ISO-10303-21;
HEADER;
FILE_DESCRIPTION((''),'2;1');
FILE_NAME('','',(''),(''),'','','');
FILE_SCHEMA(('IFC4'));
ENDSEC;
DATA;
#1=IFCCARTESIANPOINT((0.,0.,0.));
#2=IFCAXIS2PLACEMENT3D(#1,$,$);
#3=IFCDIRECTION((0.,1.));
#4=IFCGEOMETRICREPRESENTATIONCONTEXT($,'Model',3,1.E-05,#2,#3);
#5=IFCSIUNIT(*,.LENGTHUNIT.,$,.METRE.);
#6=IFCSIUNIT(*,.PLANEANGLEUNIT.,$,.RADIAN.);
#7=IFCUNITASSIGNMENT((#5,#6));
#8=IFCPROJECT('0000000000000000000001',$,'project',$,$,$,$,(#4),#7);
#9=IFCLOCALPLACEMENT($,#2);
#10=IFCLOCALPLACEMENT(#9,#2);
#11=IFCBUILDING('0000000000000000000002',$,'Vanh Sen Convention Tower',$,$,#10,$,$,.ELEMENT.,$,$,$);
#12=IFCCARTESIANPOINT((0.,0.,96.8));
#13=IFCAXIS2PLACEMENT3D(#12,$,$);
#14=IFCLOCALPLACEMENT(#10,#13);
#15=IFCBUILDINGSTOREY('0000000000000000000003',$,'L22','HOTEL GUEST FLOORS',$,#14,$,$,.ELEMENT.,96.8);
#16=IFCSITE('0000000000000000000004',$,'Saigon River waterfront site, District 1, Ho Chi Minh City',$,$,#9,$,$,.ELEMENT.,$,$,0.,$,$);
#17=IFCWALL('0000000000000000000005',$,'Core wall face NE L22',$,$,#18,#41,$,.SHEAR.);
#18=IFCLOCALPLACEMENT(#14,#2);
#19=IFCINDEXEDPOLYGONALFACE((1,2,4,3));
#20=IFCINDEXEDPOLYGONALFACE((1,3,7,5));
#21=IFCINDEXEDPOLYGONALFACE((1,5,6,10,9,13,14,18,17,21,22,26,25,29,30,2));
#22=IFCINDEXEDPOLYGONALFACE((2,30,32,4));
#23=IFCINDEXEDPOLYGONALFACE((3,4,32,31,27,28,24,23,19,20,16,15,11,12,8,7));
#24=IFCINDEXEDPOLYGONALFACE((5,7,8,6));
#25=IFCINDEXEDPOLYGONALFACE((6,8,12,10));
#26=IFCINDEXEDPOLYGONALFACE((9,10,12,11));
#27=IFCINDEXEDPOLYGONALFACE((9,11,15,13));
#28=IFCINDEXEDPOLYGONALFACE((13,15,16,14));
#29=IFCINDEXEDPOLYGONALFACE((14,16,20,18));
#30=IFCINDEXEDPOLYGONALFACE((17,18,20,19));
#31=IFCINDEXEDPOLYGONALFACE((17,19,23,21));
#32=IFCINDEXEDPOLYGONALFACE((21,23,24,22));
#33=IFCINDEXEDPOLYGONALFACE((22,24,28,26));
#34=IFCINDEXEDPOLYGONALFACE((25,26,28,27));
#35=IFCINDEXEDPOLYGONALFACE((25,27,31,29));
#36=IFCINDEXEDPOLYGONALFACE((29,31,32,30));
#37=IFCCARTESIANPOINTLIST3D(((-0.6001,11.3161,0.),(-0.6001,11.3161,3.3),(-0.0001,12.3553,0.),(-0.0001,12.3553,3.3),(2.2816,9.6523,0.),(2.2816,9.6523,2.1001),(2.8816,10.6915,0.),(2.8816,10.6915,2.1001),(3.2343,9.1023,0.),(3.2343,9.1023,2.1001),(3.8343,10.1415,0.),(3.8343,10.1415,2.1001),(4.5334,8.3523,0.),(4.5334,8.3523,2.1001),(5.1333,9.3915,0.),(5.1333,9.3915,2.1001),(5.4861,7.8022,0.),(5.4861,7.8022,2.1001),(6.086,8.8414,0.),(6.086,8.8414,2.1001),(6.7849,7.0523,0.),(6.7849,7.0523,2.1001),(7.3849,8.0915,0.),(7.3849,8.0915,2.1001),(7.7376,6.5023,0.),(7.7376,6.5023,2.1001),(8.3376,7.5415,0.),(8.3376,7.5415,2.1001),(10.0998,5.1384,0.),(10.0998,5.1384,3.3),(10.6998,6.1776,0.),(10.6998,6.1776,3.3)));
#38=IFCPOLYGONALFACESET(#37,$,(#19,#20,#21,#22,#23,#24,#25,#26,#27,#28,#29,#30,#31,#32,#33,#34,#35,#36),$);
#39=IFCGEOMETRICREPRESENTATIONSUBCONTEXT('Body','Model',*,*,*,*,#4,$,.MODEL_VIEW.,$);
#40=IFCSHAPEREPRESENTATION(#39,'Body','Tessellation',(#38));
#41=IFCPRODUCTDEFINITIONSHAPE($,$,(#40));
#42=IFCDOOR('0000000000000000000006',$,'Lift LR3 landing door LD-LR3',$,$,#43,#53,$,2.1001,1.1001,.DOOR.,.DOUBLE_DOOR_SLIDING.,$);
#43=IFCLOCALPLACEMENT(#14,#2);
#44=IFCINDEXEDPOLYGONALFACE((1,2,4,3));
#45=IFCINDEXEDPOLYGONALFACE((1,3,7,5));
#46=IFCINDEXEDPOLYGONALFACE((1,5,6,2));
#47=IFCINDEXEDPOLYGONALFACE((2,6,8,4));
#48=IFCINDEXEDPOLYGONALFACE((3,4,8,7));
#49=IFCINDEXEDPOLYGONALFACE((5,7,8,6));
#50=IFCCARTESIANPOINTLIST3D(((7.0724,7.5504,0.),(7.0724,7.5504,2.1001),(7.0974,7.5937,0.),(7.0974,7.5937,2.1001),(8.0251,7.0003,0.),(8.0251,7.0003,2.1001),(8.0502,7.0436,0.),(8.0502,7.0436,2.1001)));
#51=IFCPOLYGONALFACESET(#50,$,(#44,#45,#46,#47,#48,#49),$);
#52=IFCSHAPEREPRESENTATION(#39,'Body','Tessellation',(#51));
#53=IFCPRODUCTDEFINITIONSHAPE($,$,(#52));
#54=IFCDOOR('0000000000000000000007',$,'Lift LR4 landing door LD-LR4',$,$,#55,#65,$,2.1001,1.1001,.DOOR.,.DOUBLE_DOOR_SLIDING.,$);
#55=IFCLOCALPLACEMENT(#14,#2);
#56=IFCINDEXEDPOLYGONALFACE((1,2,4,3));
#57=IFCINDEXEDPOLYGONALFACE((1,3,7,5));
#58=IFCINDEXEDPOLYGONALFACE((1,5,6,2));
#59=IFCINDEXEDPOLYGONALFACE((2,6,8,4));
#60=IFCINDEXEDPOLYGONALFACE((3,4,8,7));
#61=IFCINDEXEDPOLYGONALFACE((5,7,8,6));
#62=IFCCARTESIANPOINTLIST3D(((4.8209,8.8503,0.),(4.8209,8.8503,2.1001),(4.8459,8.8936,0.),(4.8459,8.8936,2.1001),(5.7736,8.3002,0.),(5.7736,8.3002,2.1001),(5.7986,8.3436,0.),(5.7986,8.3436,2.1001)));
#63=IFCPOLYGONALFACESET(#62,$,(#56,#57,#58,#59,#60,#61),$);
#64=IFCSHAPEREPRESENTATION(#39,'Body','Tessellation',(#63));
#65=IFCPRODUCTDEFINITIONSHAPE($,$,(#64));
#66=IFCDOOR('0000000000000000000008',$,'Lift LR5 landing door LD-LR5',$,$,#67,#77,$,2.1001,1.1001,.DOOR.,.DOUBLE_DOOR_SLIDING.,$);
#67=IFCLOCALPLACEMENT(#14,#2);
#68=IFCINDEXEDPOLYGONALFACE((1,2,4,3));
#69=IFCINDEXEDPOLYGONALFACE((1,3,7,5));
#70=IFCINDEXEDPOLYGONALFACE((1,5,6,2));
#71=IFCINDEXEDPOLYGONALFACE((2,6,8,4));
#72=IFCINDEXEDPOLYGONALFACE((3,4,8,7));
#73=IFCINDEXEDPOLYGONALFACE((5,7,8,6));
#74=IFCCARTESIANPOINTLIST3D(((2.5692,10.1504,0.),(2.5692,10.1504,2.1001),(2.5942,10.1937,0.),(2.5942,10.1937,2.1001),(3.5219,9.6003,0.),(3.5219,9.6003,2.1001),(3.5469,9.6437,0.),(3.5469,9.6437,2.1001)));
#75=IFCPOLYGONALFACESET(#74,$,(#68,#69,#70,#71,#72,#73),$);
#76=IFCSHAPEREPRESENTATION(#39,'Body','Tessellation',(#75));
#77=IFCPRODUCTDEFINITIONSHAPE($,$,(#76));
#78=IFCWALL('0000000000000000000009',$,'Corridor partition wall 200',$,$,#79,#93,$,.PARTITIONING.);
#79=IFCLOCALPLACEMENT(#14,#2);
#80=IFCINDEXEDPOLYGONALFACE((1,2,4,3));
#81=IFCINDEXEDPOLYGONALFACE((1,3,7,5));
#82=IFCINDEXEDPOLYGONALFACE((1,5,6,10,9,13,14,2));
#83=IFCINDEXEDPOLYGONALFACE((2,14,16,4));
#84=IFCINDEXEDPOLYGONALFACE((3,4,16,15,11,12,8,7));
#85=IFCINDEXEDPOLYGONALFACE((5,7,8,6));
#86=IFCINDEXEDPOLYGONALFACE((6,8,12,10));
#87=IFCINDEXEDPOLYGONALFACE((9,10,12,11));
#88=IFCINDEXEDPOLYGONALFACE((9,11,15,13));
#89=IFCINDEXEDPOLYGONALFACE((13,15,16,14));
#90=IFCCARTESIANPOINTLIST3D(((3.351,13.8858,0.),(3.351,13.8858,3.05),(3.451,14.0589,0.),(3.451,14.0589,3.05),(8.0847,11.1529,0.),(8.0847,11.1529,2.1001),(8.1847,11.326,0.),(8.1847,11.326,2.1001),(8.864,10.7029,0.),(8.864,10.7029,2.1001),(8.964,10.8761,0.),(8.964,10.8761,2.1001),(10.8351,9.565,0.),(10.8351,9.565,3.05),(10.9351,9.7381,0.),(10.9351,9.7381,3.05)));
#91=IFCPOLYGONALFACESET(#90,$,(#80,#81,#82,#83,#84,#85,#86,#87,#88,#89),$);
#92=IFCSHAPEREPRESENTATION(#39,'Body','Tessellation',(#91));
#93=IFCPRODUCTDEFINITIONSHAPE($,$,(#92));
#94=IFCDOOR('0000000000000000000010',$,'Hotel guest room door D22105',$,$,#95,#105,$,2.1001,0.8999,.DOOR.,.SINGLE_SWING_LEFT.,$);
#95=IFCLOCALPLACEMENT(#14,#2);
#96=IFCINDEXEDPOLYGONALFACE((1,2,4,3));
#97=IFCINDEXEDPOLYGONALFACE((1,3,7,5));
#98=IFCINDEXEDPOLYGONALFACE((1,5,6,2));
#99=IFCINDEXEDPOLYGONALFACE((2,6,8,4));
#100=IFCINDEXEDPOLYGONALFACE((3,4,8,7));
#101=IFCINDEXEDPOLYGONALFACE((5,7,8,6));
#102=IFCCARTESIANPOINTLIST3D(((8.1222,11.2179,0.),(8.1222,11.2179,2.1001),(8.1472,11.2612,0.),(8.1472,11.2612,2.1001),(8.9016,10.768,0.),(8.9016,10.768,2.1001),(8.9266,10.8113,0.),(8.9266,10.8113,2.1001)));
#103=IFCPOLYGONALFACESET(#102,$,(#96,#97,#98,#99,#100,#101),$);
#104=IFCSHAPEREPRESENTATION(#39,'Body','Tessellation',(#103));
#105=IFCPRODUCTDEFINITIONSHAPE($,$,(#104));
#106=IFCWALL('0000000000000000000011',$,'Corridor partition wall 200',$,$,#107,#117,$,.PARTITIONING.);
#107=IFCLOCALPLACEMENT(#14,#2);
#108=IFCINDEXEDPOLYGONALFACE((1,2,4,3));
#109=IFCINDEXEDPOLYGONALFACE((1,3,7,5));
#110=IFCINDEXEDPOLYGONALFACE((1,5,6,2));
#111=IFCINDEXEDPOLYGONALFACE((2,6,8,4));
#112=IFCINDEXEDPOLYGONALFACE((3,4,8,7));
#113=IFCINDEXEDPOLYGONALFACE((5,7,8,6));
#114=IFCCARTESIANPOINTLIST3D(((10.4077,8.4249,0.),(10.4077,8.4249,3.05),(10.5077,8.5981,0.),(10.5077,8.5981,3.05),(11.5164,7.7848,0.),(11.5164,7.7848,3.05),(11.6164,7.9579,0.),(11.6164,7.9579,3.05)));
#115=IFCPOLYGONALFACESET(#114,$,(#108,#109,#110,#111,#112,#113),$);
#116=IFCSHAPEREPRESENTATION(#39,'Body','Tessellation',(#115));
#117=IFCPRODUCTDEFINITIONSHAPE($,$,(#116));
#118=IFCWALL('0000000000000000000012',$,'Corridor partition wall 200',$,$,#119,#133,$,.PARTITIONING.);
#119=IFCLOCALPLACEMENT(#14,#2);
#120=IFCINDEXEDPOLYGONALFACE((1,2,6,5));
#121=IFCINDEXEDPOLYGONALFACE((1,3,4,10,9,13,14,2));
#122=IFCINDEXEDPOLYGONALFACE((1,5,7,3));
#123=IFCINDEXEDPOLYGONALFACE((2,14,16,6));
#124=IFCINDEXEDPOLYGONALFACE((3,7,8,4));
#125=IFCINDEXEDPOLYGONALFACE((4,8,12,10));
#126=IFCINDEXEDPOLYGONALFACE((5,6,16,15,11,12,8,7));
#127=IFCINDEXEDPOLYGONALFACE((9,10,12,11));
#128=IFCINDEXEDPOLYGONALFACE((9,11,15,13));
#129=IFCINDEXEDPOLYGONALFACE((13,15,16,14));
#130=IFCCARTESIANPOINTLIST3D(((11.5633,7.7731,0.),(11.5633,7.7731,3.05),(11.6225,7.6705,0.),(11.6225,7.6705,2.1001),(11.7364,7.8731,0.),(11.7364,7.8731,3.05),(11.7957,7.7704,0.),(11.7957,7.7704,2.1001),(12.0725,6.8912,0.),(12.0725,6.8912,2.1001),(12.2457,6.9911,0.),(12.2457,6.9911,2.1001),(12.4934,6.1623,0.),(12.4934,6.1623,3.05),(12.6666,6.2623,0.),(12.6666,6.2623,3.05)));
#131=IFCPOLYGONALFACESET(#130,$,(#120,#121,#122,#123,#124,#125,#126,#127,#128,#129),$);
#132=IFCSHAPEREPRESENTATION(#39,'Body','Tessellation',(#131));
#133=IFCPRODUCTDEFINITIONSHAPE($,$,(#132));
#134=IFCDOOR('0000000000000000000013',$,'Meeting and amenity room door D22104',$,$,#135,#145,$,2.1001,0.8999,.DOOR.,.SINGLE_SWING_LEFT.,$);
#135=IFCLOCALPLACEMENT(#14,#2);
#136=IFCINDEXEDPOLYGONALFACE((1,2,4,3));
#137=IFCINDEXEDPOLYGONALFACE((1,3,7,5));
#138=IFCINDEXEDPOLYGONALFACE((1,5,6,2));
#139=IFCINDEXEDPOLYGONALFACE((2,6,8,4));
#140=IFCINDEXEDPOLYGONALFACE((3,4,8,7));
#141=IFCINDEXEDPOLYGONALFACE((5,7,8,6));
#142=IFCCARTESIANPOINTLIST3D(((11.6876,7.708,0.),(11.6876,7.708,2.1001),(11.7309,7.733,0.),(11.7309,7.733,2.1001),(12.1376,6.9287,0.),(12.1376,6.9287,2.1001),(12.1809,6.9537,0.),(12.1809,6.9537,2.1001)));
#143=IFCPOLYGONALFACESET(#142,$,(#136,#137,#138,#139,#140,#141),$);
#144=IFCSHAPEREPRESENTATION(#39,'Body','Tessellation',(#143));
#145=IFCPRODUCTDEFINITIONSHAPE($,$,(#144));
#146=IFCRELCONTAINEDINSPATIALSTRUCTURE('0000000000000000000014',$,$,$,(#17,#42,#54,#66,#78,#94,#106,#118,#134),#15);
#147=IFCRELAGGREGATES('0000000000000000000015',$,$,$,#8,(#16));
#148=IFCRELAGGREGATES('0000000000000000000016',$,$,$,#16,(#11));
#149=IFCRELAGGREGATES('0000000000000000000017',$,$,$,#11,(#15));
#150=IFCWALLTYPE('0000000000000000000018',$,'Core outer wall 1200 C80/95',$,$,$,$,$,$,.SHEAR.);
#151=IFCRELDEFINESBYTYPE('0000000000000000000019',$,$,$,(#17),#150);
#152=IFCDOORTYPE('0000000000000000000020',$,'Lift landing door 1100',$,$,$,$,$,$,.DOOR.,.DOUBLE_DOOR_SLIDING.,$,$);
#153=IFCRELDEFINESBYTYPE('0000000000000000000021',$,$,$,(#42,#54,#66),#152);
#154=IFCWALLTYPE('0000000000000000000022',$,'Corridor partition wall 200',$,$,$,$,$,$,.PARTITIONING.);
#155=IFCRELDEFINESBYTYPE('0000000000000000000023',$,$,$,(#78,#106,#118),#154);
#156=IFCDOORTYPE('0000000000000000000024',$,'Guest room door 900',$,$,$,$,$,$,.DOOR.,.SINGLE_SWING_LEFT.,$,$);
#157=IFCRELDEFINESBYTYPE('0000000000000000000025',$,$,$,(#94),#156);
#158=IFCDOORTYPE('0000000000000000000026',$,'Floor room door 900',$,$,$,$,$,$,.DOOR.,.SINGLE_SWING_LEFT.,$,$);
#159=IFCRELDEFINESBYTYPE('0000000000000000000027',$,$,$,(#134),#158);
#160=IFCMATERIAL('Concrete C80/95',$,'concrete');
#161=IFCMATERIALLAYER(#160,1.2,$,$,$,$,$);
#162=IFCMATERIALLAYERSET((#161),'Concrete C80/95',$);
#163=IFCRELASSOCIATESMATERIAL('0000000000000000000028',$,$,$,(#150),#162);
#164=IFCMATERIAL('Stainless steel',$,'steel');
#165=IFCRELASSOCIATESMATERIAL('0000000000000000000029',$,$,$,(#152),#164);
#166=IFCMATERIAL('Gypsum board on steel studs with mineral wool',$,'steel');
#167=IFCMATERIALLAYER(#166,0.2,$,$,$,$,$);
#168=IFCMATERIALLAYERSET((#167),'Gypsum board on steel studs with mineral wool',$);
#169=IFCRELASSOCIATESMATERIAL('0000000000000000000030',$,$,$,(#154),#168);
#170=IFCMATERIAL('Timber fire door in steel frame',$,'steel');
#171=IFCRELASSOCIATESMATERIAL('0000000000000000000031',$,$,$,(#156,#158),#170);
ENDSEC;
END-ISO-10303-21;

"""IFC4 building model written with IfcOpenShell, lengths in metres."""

from ifc_helpers import new_model, si_unit, direction, frame, frame_2d, origin, place, context, subcontext, project, spatial, rectangle, extrude, material, layer, layer_set, type_object, element, fill, save


model = new_model("IFC4")

# Units and contexts
model_context = context("Model", 3, precision=1e-05, world=origin(), true_north=direction((0.0, 1.0)))
body_context = subcontext(model_context, "Body", "Model", "MODEL_VIEW")
ifc_project = project(units=[si_unit("LENGTHUNIT", "METRE"), si_unit("PLANEANGLEUNIT", "RADIAN")], contexts=[model_context])

# Site, building, storey
site_placement = place(None, origin())
site = spatial("IfcSite", under=ifc_project, at=site_placement, Name="Saigon River waterfront site, District 1, Ho Chi Minh City", CompositionType="ELEMENT", RefElevation=0.0)
building_placement = place(site_placement, origin())
building = spatial("IfcBuilding", under=site, at=building_placement, Name="Vanh Sen Convention Tower", CompositionType="ELEMENT")
storey_placement = place(building_placement, frame((0.0, 0.0, 96.8)))
storey = spatial("IfcBuildingStorey", under=building, at=storey_placement, Name="L22", Description="HOTEL GUEST FLOORS", CompositionType="ELEMENT", Elevation=96.8)

# Shared definitions
ifc_material_1 = material(Name="Concrete C80/95", Category="concrete")

# Wall, openings, doors
ifc_layer_1 = layer(ifc_material_1, 1.2)
ifc_layer_set_1 = layer_set([ifc_layer_1], Name="Concrete C80/95")
wall_type_1 = type_object("IfcWallType", Name="Core outer wall 1200 C80/95", PredefinedType="SHEAR", material=ifc_layer_set_1)
wall_1_placement = place(storey_placement, frame((10.3999, 5.658, 0.0), z_axis=(0.0, 0.0, 1.0), x_axis=(-0.866021, 0.500007, 0.0)))
wall_1 = element("IfcWall", 1, at=wall_1_placement, inside=storey, type_object=wall_type_1, Name="Core wall face NE L22", PredefinedType="SHEAR", context=body_context, shape_type="SweptSolid", body=[
    extrude(rectangle(XDim=12.3552, YDim=1.2, at=frame_2d((6.1777, 0.0))), origin(), (0.0, 0.0, 1.0), 3.3),
])
opening_1_placement = place(wall_1_placement, frame((2.7278, 0.0, 0.0)))
opening_1 = element("IfcOpeningElement", 2, at=opening_1_placement, cuts=wall_1, PredefinedType="OPENING", context=body_context, shape_type="SweptSolid", body=[
    extrude(rectangle(XDim=1.1001, YDim=2.1001, at=frame_2d((0.55, 1.05))), frame((0.0, 0.6099, 0.0), z_axis=(0.0, -1.0, 0.0), x_axis=(1.0, 0.0, 0.0)), (0.0, 0.0, 1.0), 1.22),
])
opening_2_placement = place(wall_1_placement, frame((5.3276, 0.0, 0.0)))
opening_2 = element("IfcOpeningElement", 3, at=opening_2_placement, cuts=wall_1, PredefinedType="OPENING", context=body_context, shape_type="SweptSolid", body=[
    extrude(rectangle(XDim=1.1001, YDim=2.1001, at=frame_2d((0.55, 1.05))), frame((0.0, 0.6099, 0.0), z_axis=(0.0, -1.0, 0.0), x_axis=(1.0, 0.0, 0.0)), (0.0, 0.0, 1.0), 1.22),
])
opening_3_placement = place(wall_1_placement, frame((7.9277, 0.0, 0.0)))
opening_3 = element("IfcOpeningElement", 4, at=opening_3_placement, cuts=wall_1, PredefinedType="OPENING", context=body_context, shape_type="SweptSolid", body=[
    extrude(rectangle(XDim=1.1001, YDim=2.1001, at=frame_2d((0.55, 1.05))), frame((0.0, 0.6099, 0.0), z_axis=(0.0, -1.0, 0.0), x_axis=(1.0, 0.0, 0.0)), (0.0, 0.0, 1.0), 1.22),
])
ifc_material_2 = material(Name="Stainless steel", Category="steel")
door_type_1 = type_object("IfcDoorType", Name="Lift landing door 1100", OperationType="DOUBLE_DOOR_SLIDING", PredefinedType="DOOR", material=ifc_material_2)
door_1_placement = place(opening_1_placement, origin())
door_1 = element("IfcDoor", 5, at=door_1_placement, inside=storey, type_object=door_type_1, Name="Lift LR3 landing door LD-LR3", OperationType="DOUBLE_DOOR_SLIDING", OverallHeight=2.1001, OverallWidth=1.1001, PredefinedType="DOOR", context=body_context, shape_type="SweptSolid", body=[
    extrude(rectangle(XDim=1.1001, YDim=2.1001, at=frame_2d((0.55, 1.05))), frame((0.0, 0.0249, 0.0), z_axis=(0.0, -1.0, 0.0), x_axis=(1.0, 0.0, 0.0)), (0.0, 0.0, 1.0), 0.05),
])
fill(opening_1, door_1)
door_2_placement = place(opening_2_placement, origin())
door_2 = element("IfcDoor", 6, at=door_2_placement, inside=storey, type_object=door_type_1, Name="Lift LR4 landing door LD-LR4", OperationType="DOUBLE_DOOR_SLIDING", OverallHeight=2.1001, OverallWidth=1.1001, PredefinedType="DOOR", context=body_context, shape_type="SweptSolid", body=[
    extrude(rectangle(XDim=1.1001, YDim=2.1001, at=frame_2d((0.55, 1.05))), frame((0.0, 0.0249, 0.0), z_axis=(0.0, -1.0, 0.0), x_axis=(1.0, 0.0, 0.0)), (0.0, 0.0, 1.0), 0.05),
])
fill(opening_2, door_2)
door_3_placement = place(opening_3_placement, origin())
door_3 = element("IfcDoor", 7, at=door_3_placement, inside=storey, type_object=door_type_1, Name="Lift LR5 landing door LD-LR5", OperationType="DOUBLE_DOOR_SLIDING", OverallHeight=2.1001, OverallWidth=1.1001, PredefinedType="DOOR", context=body_context, shape_type="SweptSolid", body=[
    extrude(rectangle(XDim=1.1001, YDim=2.1001, at=frame_2d((0.55, 1.05))), frame((0.0, 0.0249, 0.0), z_axis=(0.0, -1.0, 0.0), x_axis=(1.0, 0.0, 0.0)), (0.0, 0.0, 1.0), 0.05),
])
fill(opening_3, door_3)

# Wall, opening, door
ifc_material_3 = material(Name="Gypsum board on steel studs with mineral wool", Category="steel")
ifc_layer_2 = layer(ifc_material_3, 0.2)
ifc_layer_set_2 = layer_set([ifc_layer_2], Name="Gypsum board on steel studs with mineral wool")
wall_type_2 = type_object("IfcWallType", Name="Corridor partition wall 200", PredefinedType="PARTITIONING", material=ifc_layer_set_2)
wall_2_placement = place(storey_placement, frame((10.885, 9.6516, 0.0), z_axis=(0.0, 0.0, 1.0), x_axis=(-0.866034, 0.499986, 0.0)))
wall_2 = element("IfcWall", 8, at=wall_2_placement, inside=storey, type_object=wall_type_2, Name="Corridor partition wall 200", PredefinedType="PARTITIONING", context=body_context, shape_type="SweptSolid", body=[
    extrude(rectangle(XDim=8.6418, YDim=0.2, at=frame_2d((4.3208, 0.0))), origin(), (0.0, 0.0, 1.0), 3.05),
])
opening_4_placement = place(wall_2_placement, frame((2.2759, 0.0, 0.0)))
opening_4 = element("IfcOpeningElement", 9, at=opening_4_placement, cuts=wall_2, PredefinedType="OPENING", context=body_context, shape_type="SweptSolid", body=[
    extrude(rectangle(XDim=0.8999, YDim=2.1001, at=frame_2d((0.45, 1.05))), frame((0.0, 0.1099, 0.0), z_axis=(0.0, -1.0, 0.0), x_axis=(1.0, 0.0, 0.0)), (0.0, 0.0, 1.0), 0.22),
])
ifc_material_4 = material(Name="Timber fire door in steel frame", Category="steel")
door_type_2 = type_object("IfcDoorType", Name="Guest room door 900", OperationType="SINGLE_SWING_LEFT", PredefinedType="DOOR", material=ifc_material_4)
door_4_placement = place(opening_4_placement, origin())
door_4 = element("IfcDoor", 10, at=door_4_placement, inside=storey, type_object=door_type_2, Name="Hotel guest room door D22105", OperationType="SINGLE_SWING_LEFT", OverallHeight=2.1001, OverallWidth=0.8999, PredefinedType="DOOR", context=body_context, shape_type="SweptSolid", body=[
    extrude(rectangle(XDim=0.8999, YDim=2.1001, at=frame_2d((0.45, 1.05))), frame((0.0, 0.0249, 0.0), z_axis=(0.0, -1.0, 0.0), x_axis=(1.0, 0.0, 0.0)), (0.0, 0.0, 1.0), 0.05),
])
fill(opening_4, door_4)

# Wall
wall_3_placement = place(storey_placement, frame((11.5664, 7.8713, 0.0), z_axis=(0.0, 0.0, 1.0), x_axis=(-0.866005, 0.500036, 0.0)))
element("IfcWall", 11, at=wall_3_placement, inside=storey, type_object=wall_type_2, Name="Corridor partition wall 200", PredefinedType="PARTITIONING", context=body_context, shape_type="SweptSolid", body=[
    extrude(rectangle(XDim=1.2803, YDim=0.2, at=frame_2d((0.6401, 0.0))), origin(), (0.0, 0.0, 1.0), 3.05),
])

# Wall, opening, door
wall_4_placement = place(storey_placement, frame((12.5801, 6.2122, 0.0), z_axis=(0.0, 0.0, 1.0), x_axis=(-0.500063, 0.865989, 0.0)))
wall_4 = element("IfcWall", 12, at=wall_4_placement, inside=storey, type_object=wall_type_2, Name="Corridor partition wall 200", PredefinedType="PARTITIONING", context=body_context, shape_type="SweptSolid", body=[
    extrude(rectangle(XDim=1.8601, YDim=0.2, at=frame_2d((0.9302, 0.0))), origin(), (0.0, 0.0, 1.0), 3.05),
])
opening_5_placement = place(wall_4_placement, frame((0.8418, 0.0, 0.0)))
opening_5 = element("IfcOpeningElement", 13, at=opening_5_placement, cuts=wall_4, PredefinedType="OPENING", context=body_context, shape_type="SweptSolid", body=[
    extrude(rectangle(XDim=0.8999, YDim=2.1001, at=frame_2d((0.45, 1.05))), frame((0.0, 0.1099, 0.0), z_axis=(0.0, -1.0, 0.0), x_axis=(1.0, 0.0, 0.0)), (0.0, 0.0, 1.0), 0.22),
])
door_type_3 = type_object("IfcDoorType", Name="Floor room door 900", OperationType="SINGLE_SWING_LEFT", PredefinedType="DOOR", material=ifc_material_4)
door_5_placement = place(opening_5_placement, origin())
door_5 = element("IfcDoor", 14, at=door_5_placement, inside=storey, type_object=door_type_3, Name="Meeting and amenity room door D22104", OperationType="SINGLE_SWING_LEFT", OverallHeight=2.1001, OverallWidth=0.8999, PredefinedType="DOOR", context=body_context, shape_type="SweptSolid", body=[
    extrude(rectangle(XDim=0.8999, YDim=2.1001, at=frame_2d((0.45, 1.05))), frame((0.0, 0.0249, 0.0), z_axis=(0.0, -1.0, 0.0), x_axis=(1.0, 0.0, 0.0)), (0.0, 0.0, 1.0), 0.05),
])
fill(opening_5, door_5)

save(model, "model.ifc")
